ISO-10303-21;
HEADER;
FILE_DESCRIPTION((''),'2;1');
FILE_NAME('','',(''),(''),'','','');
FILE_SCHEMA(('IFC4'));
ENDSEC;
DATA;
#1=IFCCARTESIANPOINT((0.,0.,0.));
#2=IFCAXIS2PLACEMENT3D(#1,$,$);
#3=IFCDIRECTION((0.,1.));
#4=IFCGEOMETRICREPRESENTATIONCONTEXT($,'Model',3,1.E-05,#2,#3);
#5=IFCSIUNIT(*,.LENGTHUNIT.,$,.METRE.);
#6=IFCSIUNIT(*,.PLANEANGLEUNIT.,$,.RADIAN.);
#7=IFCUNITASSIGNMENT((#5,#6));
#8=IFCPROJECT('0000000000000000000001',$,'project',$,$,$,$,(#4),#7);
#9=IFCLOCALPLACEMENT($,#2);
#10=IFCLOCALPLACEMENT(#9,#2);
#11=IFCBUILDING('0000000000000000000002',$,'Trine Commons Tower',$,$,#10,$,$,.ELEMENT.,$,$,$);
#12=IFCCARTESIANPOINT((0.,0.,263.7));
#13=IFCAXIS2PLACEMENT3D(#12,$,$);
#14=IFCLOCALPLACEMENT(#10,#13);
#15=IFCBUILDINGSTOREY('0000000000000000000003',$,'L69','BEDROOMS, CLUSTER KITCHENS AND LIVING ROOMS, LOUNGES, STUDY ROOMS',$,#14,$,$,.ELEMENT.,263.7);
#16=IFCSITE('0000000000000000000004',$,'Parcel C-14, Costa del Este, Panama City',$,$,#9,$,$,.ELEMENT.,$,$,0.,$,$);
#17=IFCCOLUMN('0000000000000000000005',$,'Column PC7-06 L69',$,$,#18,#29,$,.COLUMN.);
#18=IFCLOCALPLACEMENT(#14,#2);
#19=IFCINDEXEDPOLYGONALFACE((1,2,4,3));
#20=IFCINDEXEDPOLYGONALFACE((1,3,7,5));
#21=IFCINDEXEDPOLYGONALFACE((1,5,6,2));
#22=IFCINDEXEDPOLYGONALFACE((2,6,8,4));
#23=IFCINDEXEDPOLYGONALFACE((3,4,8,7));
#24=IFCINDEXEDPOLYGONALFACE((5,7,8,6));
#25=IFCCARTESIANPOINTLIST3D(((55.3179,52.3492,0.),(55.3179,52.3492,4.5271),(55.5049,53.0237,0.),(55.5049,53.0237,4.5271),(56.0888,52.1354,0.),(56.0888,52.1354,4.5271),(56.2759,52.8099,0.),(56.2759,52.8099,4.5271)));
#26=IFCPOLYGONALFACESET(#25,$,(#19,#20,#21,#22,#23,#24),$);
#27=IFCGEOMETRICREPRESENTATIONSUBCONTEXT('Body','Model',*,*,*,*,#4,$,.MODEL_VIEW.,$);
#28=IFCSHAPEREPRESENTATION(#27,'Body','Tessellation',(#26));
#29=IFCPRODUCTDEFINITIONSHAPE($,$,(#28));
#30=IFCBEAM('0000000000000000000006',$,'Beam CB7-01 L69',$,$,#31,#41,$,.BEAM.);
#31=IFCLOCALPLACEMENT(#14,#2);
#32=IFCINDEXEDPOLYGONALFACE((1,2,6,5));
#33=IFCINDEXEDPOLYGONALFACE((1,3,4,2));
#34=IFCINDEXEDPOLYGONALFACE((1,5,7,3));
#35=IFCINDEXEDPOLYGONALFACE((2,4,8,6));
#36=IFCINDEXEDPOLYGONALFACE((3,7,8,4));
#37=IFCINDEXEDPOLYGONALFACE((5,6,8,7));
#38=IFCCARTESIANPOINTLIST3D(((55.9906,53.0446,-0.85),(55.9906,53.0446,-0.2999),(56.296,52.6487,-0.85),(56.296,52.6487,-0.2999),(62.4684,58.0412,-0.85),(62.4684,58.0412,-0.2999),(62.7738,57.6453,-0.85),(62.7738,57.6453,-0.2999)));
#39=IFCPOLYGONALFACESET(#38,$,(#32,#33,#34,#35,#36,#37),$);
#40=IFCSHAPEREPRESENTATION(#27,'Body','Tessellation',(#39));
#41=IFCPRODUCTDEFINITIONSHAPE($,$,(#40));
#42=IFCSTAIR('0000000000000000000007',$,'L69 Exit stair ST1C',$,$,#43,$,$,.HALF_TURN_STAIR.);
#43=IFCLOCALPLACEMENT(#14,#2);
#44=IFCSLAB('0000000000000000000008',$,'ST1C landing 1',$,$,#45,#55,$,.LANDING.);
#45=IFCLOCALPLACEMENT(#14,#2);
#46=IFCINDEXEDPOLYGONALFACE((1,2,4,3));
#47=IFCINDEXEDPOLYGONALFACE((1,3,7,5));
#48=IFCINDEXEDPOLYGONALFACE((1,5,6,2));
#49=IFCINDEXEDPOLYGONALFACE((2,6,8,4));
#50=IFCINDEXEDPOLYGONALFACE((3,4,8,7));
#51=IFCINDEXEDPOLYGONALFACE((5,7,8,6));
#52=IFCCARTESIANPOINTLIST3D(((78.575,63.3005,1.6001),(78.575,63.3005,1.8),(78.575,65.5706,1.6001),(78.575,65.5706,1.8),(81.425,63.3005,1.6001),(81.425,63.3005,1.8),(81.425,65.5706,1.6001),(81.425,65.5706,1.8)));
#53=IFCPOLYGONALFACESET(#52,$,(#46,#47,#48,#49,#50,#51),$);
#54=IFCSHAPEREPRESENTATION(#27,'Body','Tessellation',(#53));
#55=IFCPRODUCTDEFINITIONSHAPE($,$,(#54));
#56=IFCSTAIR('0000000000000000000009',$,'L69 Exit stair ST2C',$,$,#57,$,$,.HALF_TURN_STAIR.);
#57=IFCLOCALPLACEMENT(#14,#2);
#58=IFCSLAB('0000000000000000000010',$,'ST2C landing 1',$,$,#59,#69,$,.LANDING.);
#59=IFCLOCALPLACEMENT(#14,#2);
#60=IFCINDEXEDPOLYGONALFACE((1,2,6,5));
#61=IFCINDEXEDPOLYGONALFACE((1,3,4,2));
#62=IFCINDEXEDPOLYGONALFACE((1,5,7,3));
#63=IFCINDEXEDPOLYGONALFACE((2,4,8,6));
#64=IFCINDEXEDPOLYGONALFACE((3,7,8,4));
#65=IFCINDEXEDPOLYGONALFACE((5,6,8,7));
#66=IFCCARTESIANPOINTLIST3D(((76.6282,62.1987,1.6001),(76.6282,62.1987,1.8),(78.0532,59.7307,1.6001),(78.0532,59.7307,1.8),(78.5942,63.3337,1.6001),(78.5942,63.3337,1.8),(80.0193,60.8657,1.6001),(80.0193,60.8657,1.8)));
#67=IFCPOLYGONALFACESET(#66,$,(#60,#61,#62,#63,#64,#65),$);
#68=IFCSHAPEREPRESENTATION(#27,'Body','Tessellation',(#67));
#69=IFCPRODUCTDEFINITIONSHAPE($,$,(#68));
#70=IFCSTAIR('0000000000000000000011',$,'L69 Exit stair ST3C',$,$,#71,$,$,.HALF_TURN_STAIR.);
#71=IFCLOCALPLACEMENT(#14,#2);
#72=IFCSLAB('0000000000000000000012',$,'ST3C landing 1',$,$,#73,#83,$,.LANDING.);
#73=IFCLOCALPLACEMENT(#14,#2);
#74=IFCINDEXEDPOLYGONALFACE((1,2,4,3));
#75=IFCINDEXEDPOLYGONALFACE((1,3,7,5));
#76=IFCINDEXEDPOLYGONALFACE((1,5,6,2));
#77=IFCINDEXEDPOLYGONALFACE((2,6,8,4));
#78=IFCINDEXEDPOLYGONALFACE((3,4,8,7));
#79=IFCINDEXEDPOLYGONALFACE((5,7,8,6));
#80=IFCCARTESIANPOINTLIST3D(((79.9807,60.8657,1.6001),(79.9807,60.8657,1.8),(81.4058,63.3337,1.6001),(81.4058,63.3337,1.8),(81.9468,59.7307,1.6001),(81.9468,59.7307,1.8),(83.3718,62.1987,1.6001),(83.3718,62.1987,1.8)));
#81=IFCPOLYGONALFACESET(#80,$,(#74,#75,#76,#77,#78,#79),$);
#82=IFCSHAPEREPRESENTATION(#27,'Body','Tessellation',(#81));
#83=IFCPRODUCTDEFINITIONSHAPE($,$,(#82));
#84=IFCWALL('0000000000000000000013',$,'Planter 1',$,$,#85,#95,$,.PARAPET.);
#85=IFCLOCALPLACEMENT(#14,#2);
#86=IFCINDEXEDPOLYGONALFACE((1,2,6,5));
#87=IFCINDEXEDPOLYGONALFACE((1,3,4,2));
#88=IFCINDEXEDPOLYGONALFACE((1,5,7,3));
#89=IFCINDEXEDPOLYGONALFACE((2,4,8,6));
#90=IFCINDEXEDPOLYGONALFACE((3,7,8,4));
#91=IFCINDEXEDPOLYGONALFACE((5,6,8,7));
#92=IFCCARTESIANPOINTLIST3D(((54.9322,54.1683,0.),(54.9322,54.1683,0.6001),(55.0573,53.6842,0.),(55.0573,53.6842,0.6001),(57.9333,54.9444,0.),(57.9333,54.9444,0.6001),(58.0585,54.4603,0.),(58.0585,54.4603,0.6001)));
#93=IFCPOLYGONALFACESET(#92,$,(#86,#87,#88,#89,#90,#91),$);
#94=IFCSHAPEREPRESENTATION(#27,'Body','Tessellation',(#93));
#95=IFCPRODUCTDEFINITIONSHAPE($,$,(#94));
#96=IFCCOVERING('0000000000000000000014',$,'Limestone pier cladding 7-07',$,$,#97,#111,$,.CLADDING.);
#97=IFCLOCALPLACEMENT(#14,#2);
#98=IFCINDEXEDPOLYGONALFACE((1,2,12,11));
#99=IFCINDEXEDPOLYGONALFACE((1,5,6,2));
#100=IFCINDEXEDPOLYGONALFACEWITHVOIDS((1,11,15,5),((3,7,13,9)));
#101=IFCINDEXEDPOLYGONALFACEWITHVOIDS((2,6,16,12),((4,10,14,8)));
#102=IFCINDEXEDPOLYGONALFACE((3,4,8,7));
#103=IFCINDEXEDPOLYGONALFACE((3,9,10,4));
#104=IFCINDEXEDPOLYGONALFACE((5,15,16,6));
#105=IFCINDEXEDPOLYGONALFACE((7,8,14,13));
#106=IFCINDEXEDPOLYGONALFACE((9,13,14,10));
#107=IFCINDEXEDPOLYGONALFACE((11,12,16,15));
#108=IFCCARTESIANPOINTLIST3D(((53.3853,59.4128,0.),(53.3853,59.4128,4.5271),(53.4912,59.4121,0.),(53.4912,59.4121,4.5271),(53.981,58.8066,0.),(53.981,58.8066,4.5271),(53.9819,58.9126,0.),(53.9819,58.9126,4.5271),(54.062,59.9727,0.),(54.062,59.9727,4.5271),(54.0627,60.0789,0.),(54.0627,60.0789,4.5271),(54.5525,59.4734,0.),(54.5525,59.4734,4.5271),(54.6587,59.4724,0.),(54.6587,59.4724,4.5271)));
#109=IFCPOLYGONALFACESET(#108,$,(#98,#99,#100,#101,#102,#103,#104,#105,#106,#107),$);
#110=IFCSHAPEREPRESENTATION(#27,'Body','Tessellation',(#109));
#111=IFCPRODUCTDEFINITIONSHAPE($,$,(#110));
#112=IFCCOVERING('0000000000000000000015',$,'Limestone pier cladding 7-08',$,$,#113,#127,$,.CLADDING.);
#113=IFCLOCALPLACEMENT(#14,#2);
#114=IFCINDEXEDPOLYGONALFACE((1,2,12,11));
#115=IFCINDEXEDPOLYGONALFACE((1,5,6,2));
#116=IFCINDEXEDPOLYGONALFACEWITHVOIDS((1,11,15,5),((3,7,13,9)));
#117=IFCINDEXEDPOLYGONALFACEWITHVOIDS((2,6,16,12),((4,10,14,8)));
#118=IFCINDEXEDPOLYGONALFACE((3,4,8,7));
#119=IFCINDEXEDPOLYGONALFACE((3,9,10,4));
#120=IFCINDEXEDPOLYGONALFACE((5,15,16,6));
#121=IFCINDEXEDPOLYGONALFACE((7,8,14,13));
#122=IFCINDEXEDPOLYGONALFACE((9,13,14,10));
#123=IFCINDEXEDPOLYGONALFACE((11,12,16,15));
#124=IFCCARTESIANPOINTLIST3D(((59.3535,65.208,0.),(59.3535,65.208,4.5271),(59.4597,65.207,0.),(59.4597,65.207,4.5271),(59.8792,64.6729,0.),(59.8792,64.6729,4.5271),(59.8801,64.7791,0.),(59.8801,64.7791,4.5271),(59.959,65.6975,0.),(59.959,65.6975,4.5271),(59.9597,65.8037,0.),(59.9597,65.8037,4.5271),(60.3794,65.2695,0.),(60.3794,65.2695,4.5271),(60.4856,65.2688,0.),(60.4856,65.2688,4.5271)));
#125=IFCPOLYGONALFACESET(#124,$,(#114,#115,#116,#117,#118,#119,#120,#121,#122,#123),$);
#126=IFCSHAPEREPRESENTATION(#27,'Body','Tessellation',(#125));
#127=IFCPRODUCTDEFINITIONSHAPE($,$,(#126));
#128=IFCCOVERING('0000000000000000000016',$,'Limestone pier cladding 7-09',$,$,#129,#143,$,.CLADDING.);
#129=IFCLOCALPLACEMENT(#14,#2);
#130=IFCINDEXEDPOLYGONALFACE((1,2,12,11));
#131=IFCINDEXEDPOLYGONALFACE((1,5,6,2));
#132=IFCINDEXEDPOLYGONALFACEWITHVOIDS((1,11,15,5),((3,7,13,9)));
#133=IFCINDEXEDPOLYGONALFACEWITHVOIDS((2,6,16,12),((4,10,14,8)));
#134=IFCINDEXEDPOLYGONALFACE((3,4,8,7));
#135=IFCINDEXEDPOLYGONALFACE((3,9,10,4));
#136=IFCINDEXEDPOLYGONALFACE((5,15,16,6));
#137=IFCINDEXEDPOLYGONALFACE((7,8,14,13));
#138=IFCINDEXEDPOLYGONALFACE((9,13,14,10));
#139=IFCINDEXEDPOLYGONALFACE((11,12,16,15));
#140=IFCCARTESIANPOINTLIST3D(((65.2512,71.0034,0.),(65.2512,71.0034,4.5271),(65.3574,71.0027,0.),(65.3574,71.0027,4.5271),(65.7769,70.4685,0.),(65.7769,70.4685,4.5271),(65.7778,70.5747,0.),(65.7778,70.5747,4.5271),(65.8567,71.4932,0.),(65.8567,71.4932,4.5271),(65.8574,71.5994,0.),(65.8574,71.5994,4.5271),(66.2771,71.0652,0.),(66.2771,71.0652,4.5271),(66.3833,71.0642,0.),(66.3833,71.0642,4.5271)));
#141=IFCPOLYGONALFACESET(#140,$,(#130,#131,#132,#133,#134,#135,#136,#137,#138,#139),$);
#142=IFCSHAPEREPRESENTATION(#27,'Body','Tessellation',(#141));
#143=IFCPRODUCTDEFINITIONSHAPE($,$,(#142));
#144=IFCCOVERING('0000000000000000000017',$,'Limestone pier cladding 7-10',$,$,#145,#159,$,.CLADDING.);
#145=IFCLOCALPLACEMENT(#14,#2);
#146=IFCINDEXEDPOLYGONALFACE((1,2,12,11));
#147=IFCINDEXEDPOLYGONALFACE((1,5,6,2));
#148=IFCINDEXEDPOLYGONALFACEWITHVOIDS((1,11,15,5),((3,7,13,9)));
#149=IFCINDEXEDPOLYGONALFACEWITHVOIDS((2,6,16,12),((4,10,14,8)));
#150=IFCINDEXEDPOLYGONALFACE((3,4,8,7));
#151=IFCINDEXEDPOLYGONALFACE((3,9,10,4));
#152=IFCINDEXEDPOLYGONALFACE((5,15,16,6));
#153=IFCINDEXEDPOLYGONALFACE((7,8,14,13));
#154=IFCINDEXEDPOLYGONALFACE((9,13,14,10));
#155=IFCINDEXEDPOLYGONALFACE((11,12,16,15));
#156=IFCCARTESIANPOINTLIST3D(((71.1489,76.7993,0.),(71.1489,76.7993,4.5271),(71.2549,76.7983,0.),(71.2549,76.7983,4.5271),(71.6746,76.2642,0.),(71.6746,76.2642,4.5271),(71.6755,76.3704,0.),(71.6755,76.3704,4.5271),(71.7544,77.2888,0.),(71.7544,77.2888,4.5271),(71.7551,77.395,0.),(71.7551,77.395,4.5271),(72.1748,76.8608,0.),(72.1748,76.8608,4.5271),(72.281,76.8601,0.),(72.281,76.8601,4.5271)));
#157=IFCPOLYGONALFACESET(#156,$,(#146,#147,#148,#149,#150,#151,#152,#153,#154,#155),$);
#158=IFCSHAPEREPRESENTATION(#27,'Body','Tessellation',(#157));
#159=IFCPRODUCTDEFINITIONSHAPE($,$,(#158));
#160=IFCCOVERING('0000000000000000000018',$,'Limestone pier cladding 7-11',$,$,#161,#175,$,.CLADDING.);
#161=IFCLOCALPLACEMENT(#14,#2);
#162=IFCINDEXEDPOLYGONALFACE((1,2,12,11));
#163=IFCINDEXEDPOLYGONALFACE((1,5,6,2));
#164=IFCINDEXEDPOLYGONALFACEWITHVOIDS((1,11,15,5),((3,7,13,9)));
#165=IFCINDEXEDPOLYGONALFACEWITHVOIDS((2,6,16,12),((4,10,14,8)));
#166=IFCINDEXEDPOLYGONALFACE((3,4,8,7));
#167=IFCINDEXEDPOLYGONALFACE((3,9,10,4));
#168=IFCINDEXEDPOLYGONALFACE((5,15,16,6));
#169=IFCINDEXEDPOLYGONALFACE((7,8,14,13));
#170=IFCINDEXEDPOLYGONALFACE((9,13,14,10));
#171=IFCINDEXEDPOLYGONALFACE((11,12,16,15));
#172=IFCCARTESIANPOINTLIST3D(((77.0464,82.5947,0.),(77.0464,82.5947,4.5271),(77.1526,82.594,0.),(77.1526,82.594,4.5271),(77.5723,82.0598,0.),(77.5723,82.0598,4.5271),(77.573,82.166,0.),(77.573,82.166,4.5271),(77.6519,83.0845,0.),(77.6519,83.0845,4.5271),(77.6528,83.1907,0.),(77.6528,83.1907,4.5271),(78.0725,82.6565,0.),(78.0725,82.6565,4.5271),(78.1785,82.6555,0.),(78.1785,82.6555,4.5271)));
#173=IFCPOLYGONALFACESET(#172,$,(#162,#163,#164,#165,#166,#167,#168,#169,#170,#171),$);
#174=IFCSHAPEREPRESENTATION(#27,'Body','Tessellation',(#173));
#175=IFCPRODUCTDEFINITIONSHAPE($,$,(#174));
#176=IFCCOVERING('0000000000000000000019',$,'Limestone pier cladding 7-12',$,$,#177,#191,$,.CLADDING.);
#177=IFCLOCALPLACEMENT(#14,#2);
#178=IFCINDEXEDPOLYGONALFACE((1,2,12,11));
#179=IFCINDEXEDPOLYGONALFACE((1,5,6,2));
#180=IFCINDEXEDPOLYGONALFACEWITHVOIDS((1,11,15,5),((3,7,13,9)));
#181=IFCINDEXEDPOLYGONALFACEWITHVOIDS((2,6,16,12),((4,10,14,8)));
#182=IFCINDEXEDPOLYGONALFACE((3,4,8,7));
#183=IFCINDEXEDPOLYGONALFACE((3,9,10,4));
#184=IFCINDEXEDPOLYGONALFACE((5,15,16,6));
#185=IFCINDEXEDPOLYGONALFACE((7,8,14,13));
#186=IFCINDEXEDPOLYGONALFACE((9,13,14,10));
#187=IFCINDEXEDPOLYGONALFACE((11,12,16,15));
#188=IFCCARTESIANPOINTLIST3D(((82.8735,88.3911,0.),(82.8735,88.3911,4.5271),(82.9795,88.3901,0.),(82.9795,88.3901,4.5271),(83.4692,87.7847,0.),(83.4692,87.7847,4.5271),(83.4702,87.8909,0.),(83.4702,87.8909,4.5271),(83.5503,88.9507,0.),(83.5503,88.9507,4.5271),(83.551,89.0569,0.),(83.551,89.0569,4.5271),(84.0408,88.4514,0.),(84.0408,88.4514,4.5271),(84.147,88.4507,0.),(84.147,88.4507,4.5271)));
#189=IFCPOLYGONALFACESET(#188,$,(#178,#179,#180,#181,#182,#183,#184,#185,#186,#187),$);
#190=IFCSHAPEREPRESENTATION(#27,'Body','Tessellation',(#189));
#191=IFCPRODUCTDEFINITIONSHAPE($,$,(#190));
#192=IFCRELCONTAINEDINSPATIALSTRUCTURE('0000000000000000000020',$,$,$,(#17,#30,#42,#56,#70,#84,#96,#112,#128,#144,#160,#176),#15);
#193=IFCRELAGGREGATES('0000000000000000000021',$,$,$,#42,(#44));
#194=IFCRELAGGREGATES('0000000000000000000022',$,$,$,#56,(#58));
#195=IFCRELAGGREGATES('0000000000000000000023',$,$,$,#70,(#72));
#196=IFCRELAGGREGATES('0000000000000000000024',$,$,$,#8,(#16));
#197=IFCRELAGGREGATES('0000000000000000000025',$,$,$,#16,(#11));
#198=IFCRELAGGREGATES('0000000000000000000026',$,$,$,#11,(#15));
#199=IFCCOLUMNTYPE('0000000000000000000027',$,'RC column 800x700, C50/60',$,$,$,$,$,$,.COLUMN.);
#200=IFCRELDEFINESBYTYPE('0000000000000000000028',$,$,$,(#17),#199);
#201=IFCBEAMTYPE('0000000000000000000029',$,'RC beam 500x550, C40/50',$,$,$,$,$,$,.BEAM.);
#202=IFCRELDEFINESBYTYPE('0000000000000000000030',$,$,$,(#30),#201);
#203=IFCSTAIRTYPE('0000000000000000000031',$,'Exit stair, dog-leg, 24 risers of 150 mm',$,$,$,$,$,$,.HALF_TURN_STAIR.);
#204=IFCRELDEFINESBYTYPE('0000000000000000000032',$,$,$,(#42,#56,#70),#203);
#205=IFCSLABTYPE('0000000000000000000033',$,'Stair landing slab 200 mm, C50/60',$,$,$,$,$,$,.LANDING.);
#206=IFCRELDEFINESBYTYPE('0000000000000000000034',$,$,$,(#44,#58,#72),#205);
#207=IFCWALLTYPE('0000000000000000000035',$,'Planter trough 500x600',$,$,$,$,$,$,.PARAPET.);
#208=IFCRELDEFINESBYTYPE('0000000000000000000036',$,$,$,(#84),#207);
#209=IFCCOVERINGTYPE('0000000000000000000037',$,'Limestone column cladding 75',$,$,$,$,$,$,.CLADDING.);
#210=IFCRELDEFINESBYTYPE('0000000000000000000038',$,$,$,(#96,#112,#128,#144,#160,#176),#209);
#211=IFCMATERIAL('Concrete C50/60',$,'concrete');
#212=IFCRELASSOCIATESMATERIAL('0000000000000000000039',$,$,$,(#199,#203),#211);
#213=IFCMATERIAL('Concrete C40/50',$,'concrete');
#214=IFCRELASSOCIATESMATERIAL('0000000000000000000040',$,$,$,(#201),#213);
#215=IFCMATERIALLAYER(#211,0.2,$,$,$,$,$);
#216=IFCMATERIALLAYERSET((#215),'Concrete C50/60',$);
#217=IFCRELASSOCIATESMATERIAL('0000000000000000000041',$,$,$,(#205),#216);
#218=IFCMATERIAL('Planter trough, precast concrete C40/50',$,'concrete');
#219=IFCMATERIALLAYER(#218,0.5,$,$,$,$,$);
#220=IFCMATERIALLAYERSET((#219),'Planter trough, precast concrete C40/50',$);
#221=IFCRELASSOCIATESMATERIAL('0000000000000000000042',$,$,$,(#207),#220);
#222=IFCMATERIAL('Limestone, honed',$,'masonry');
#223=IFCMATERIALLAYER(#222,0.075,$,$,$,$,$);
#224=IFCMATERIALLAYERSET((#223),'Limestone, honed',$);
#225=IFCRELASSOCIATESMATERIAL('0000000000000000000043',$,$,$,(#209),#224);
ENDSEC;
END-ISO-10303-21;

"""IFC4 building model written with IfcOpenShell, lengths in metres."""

from ifc_helpers import new_model, si_unit, direction, frame, frame_2d, origin, origin_2d, place, context, subcontext, project, spatial, polyline, rectangle, outline, extrude, material, layer, layer_set, material_profile, profile_set, type_object, element, aggregate, save


model = new_model("IFC4")

# Units and contexts
model_context = context("Model", 3, precision=1e-05, world=origin(), true_north=direction((0.0, 1.0)))
body_context = subcontext(model_context, "Body", "Model", "MODEL_VIEW")
ifc_project = project(units=[si_unit("LENGTHUNIT", "METRE"), si_unit("PLANEANGLEUNIT", "RADIAN")], contexts=[model_context])

# Site, building, storey
site_placement = place(None, origin())
site = spatial("IfcSite", under=ifc_project, at=site_placement, Name="Parcel C-14, Costa del Este, Panama City", CompositionType="ELEMENT", RefElevation=0.0)
building_placement = place(site_placement, origin())
building = spatial("IfcBuilding", under=site, at=building_placement, Name="Trine Commons Tower", CompositionType="ELEMENT")
storey_placement = place(building_placement, frame((0.0, 0.0, 263.7)))
storey = spatial("IfcBuildingStorey", under=building, at=storey_placement, Name="L69", Description="BEDROOMS, CLUSTER KITCHENS AND LIVING ROOMS, LOUNGES, STUDY ROOMS", CompositionType="ELEMENT", Elevation=263.7)

# Column
ifc_material_1 = material(Name="Concrete C50/60", Category="concrete")
ifc_material_profile_1 = material_profile(ifc_material_1, rectangle(XDim=0.8, YDim=0.7, at=origin_2d()), Name="RC 800x700")
ifc_profile_set_1 = profile_set([ifc_material_profile_1], Name="Concrete C50/60")
column_type = type_object("IfcColumnType", Name="RC column 800x700, C50/60", PredefinedType="COLUMN", material=ifc_profile_set_1)
column_placement = place(storey_placement, frame((55.7969, 52.5796, 0.0), z_axis=(0.0, 0.0, 1.0), x_axis=(-0.96363, 0.267238, 0.0)))
element("IfcColumn", 1, at=column_placement, inside=storey, type_object=column_type, Name="Column PC7-06 L69", PredefinedType="COLUMN", context=body_context, shape_type="SweptSolid", body=[
    extrude(rectangle(XDim=0.8, YDim=0.7, at=origin_2d()), origin(), (0.0, 0.0, 1.0), 4.5271),
])

# Beam
ifc_material_2 = material(Name="Concrete C40/50", Category="concrete")
ifc_material_profile_2 = material_profile(ifc_material_2, rectangle(XDim=0.5, YDim=0.55, at=origin_2d()), Name="RC 500x550")
ifc_profile_set_2 = profile_set([ifc_material_profile_2], Name="Concrete C40/50")
beam_type = type_object("IfcBeamType", Name="RC beam 500x550, C40/50", PredefinedType="BEAM", material=ifc_profile_set_2)
beam_placement = place(storey_placement, frame((56.1433, 52.8467, -0.575), z_axis=(0.791816, 0.61076, 0.0), x_axis=(-0.61076, 0.791816, 0.0)))
element("IfcBeam", 2, at=beam_placement, inside=storey, type_object=beam_type, Name="Beam CB7-01 L69", PredefinedType="BEAM", context=body_context, shape_type="SweptSolid", body=[
    extrude(rectangle(XDim=0.5, YDim=0.55, at=origin_2d()), origin(), (0.0, 0.0, 1.0), 8.1809),
])

# Stairs, slabs
stair_type = type_object("IfcStairType", Name="Exit stair, dog-leg, 24 risers of 150 mm", PredefinedType="HALF_TURN_STAIR", material=ifc_material_1)
stair_1_placement = place(storey_placement, origin())
stair_1 = element("IfcStair", 3, at=stair_1_placement, inside=storey, type_object=stair_type, Name="L69 Exit stair ST1C", PredefinedType="HALF_TURN_STAIR")
ifc_layer_1 = layer(ifc_material_1, 0.2)
ifc_layer_set_1 = layer_set([ifc_layer_1], Name="Concrete C50/60")
slab_type = type_object("IfcSlabType", Name="Stair landing slab 200 mm, C50/60", PredefinedType="LANDING", material=ifc_layer_set_1)
slab_1_placement = place(storey_placement, frame((0.0, 0.0, 1.6001)))
slab_1 = element("IfcSlab", 4, at=slab_1_placement, type_object=slab_type, Name="ST1C landing 1", PredefinedType="LANDING", context=body_context, shape_type="SweptSolid", body=[
    extrude(outline(polyline([(78.575, 65.5706), (78.575, 63.3005), (81.425, 63.3005), (81.425, 65.5706), (78.575, 65.5706)])), origin(), (0.0, 0.0, 1.0), 0.2),
])
aggregate(stair_1, [slab_1])
stair_2_placement = place(storey_placement, origin())
stair_2 = element("IfcStair", 5, at=stair_2_placement, inside=storey, type_object=stair_type, Name="L69 Exit stair ST2C", PredefinedType="HALF_TURN_STAIR")
slab_2_placement = place(storey_placement, frame((0.0, 0.0, 1.6001)))
slab_2 = element("IfcSlab", 6, at=slab_2_placement, type_object=slab_type, Name="ST2C landing 1", PredefinedType="LANDING", context=body_context, shape_type="SweptSolid", body=[
    extrude(outline(polyline([(78.0532, 59.7307), (80.0193, 60.8657), (78.5942, 63.3337), (76.6282, 62.1987), (78.0532, 59.7307)])), origin(), (0.0, 0.0, 1.0), 0.2),
])
aggregate(stair_2, [slab_2])
stair_3_placement = place(storey_placement, origin())
stair_3 = element("IfcStair", 7, at=stair_3_placement, inside=storey, type_object=stair_type, Name="L69 Exit stair ST3C", PredefinedType="HALF_TURN_STAIR")
slab_3_placement = place(storey_placement, frame((0.0, 0.0, 1.6001)))
slab_3 = element("IfcSlab", 8, at=slab_3_placement, type_object=slab_type, Name="ST3C landing 1", PredefinedType="LANDING", context=body_context, shape_type="SweptSolid", body=[
    extrude(outline(polyline([(83.3718, 62.1987), (81.4058, 63.3337), (79.9807, 60.8657), (81.9468, 59.7307), (83.3718, 62.1987)])), origin(), (0.0, 0.0, 1.0), 0.2),
])
aggregate(stair_3, [slab_3])

# Wall
ifc_material_3 = material(Name="Planter trough, precast concrete C40/50", Category="concrete")
ifc_layer_2 = layer(ifc_material_3, 0.5)
ifc_layer_set_2 = layer_set([ifc_layer_2], Name="Planter trough, precast concrete C40/50")
wall_type = type_object("IfcWallType", Name="Planter trough 500x600", PredefinedType="PARAPET", material=ifc_layer_set_2)
wall_placement = place(storey_placement, frame((54.9949, 53.9263, 0.0), z_axis=(0.0, 0.0, 1.0), x_axis=(0.968151, 0.250366, 0.0)))
element("IfcWall", 9, at=wall_placement, inside=storey, type_object=wall_type, Name="Planter 1", PredefinedType="PARAPET", context=body_context, shape_type="SweptSolid", body=[
    extrude(rectangle(XDim=3.0999, YDim=0.5, at=frame_2d((1.5498, 0.0))), origin(), (0.0, 0.0, 1.0), 0.6001),
])

# Coverings
ifc_material_4 = material(Name="Limestone, honed", Category="masonry")
ifc_layer_3 = layer(ifc_material_4, 0.075)
ifc_layer_set_3 = layer_set([ifc_layer_3], Name="Limestone, honed")
covering_type_1 = type_object("IfcCoveringType", Name="Limestone column cladding 75", PredefinedType="CLADDING", material=ifc_layer_set_3)
covering_1_placement = place(storey_placement, origin())
element("IfcCovering", 10, at=covering_1_placement, inside=storey, type_object=covering_type_1, Name="Limestone pier cladding 7-07", PredefinedType="CLADDING", context=body_context, shape_type="SweptSolid", body=[
    extrude(outline(polyline([(54.6587, 59.4724), (54.0627, 60.0789), (53.3853, 59.4128), (53.981, 58.8066), (54.6587, 59.4724)]), holes=[polyline([(54.5525, 59.4734), (54.062, 59.9727), (53.4912, 59.4121), (53.9819, 58.9126), (54.5525, 59.4734)])]), origin(), (0.0, 0.0, 1.0), 4.5271),
])
covering_2_placement = place(storey_placement, origin())
element("IfcCovering", 11, at=covering_2_placement, inside=storey, type_object=covering_type_1, Name="Limestone pier cladding 7-08", PredefinedType="CLADDING", context=body_context, shape_type="SweptSolid", body=[
    extrude(outline(polyline([(60.4856, 65.2688), (59.9597, 65.8037), (59.3535, 65.208), (59.8792, 64.6729), (60.4856, 65.2688)]), holes=[polyline([(60.3794, 65.2695), (59.959, 65.6975), (59.4597, 65.207), (59.8801, 64.7791), (60.3794, 65.2695)])]), origin(), (0.0, 0.0, 1.0), 4.5271),
])
covering_3_placement = place(storey_placement, origin())
element("IfcCovering", 12, at=covering_3_placement, inside=storey, type_object=covering_type_1, Name="Limestone pier cladding 7-09", PredefinedType="CLADDING", context=body_context, shape_type="SweptSolid", body=[
    extrude(outline(polyline([(66.3833, 71.0642), (65.8574, 71.5994), (65.2512, 71.0034), (65.7769, 70.4685), (66.3833, 71.0642)]), holes=[polyline([(66.2771, 71.0652), (65.8567, 71.4932), (65.3574, 71.0027), (65.7778, 70.5747), (66.2771, 71.0652)])]), origin(), (0.0, 0.0, 1.0), 4.5271),
])
covering_4_placement = place(storey_placement, origin())
element("IfcCovering", 13, at=covering_4_placement, inside=storey, type_object=covering_type_1, Name="Limestone pier cladding 7-10", PredefinedType="CLADDING", context=body_context, shape_type="SweptSolid", body=[
    extrude(outline(polyline([(72.281, 76.8601), (71.7551, 77.395), (71.1489, 76.7993), (71.6746, 76.2642), (72.281, 76.8601)]), holes=[polyline([(72.1748, 76.8608), (71.7544, 77.2888), (71.2549, 76.7983), (71.6755, 76.3704), (72.1748, 76.8608)])]), origin(), (0.0, 0.0, 1.0), 4.5271),
])
covering_5_placement = place(storey_placement, origin())
element("IfcCovering", 14, at=covering_5_placement, inside=storey, type_object=covering_type_1, Name="Limestone pier cladding 7-11", PredefinedType="CLADDING", context=body_context, shape_type="SweptSolid", body=[
    extrude(outline(polyline([(78.1785, 82.6555), (77.6528, 83.1907), (77.0464, 82.5947), (77.5723, 82.0598), (78.1785, 82.6555)]), holes=[polyline([(78.0725, 82.6565), (77.6519, 83.0845), (77.1526, 82.594), (77.573, 82.166), (78.0725, 82.6565)])]), origin(), (0.0, 0.0, 1.0), 4.5271),
])
covering_6_placement = place(storey_placement, origin())
element("IfcCovering", 15, at=covering_6_placement, inside=storey, type_object=covering_type_1, Name="Limestone pier cladding 7-12", PredefinedType="CLADDING", context=body_context, shape_type="SweptSolid", body=[
    extrude(outline(polyline([(84.147, 88.4507), (83.551, 89.0569), (82.8735, 88.3911), (83.4692, 87.7847), (84.147, 88.4507)]), holes=[polyline([(84.0408, 88.4514), (83.5503, 88.9507), (82.9795, 88.3901), (83.4702, 87.8909), (84.0408, 88.4514)])]), origin(), (0.0, 0.0, 1.0), 4.5271),
])

save(model, "model.ifc")
